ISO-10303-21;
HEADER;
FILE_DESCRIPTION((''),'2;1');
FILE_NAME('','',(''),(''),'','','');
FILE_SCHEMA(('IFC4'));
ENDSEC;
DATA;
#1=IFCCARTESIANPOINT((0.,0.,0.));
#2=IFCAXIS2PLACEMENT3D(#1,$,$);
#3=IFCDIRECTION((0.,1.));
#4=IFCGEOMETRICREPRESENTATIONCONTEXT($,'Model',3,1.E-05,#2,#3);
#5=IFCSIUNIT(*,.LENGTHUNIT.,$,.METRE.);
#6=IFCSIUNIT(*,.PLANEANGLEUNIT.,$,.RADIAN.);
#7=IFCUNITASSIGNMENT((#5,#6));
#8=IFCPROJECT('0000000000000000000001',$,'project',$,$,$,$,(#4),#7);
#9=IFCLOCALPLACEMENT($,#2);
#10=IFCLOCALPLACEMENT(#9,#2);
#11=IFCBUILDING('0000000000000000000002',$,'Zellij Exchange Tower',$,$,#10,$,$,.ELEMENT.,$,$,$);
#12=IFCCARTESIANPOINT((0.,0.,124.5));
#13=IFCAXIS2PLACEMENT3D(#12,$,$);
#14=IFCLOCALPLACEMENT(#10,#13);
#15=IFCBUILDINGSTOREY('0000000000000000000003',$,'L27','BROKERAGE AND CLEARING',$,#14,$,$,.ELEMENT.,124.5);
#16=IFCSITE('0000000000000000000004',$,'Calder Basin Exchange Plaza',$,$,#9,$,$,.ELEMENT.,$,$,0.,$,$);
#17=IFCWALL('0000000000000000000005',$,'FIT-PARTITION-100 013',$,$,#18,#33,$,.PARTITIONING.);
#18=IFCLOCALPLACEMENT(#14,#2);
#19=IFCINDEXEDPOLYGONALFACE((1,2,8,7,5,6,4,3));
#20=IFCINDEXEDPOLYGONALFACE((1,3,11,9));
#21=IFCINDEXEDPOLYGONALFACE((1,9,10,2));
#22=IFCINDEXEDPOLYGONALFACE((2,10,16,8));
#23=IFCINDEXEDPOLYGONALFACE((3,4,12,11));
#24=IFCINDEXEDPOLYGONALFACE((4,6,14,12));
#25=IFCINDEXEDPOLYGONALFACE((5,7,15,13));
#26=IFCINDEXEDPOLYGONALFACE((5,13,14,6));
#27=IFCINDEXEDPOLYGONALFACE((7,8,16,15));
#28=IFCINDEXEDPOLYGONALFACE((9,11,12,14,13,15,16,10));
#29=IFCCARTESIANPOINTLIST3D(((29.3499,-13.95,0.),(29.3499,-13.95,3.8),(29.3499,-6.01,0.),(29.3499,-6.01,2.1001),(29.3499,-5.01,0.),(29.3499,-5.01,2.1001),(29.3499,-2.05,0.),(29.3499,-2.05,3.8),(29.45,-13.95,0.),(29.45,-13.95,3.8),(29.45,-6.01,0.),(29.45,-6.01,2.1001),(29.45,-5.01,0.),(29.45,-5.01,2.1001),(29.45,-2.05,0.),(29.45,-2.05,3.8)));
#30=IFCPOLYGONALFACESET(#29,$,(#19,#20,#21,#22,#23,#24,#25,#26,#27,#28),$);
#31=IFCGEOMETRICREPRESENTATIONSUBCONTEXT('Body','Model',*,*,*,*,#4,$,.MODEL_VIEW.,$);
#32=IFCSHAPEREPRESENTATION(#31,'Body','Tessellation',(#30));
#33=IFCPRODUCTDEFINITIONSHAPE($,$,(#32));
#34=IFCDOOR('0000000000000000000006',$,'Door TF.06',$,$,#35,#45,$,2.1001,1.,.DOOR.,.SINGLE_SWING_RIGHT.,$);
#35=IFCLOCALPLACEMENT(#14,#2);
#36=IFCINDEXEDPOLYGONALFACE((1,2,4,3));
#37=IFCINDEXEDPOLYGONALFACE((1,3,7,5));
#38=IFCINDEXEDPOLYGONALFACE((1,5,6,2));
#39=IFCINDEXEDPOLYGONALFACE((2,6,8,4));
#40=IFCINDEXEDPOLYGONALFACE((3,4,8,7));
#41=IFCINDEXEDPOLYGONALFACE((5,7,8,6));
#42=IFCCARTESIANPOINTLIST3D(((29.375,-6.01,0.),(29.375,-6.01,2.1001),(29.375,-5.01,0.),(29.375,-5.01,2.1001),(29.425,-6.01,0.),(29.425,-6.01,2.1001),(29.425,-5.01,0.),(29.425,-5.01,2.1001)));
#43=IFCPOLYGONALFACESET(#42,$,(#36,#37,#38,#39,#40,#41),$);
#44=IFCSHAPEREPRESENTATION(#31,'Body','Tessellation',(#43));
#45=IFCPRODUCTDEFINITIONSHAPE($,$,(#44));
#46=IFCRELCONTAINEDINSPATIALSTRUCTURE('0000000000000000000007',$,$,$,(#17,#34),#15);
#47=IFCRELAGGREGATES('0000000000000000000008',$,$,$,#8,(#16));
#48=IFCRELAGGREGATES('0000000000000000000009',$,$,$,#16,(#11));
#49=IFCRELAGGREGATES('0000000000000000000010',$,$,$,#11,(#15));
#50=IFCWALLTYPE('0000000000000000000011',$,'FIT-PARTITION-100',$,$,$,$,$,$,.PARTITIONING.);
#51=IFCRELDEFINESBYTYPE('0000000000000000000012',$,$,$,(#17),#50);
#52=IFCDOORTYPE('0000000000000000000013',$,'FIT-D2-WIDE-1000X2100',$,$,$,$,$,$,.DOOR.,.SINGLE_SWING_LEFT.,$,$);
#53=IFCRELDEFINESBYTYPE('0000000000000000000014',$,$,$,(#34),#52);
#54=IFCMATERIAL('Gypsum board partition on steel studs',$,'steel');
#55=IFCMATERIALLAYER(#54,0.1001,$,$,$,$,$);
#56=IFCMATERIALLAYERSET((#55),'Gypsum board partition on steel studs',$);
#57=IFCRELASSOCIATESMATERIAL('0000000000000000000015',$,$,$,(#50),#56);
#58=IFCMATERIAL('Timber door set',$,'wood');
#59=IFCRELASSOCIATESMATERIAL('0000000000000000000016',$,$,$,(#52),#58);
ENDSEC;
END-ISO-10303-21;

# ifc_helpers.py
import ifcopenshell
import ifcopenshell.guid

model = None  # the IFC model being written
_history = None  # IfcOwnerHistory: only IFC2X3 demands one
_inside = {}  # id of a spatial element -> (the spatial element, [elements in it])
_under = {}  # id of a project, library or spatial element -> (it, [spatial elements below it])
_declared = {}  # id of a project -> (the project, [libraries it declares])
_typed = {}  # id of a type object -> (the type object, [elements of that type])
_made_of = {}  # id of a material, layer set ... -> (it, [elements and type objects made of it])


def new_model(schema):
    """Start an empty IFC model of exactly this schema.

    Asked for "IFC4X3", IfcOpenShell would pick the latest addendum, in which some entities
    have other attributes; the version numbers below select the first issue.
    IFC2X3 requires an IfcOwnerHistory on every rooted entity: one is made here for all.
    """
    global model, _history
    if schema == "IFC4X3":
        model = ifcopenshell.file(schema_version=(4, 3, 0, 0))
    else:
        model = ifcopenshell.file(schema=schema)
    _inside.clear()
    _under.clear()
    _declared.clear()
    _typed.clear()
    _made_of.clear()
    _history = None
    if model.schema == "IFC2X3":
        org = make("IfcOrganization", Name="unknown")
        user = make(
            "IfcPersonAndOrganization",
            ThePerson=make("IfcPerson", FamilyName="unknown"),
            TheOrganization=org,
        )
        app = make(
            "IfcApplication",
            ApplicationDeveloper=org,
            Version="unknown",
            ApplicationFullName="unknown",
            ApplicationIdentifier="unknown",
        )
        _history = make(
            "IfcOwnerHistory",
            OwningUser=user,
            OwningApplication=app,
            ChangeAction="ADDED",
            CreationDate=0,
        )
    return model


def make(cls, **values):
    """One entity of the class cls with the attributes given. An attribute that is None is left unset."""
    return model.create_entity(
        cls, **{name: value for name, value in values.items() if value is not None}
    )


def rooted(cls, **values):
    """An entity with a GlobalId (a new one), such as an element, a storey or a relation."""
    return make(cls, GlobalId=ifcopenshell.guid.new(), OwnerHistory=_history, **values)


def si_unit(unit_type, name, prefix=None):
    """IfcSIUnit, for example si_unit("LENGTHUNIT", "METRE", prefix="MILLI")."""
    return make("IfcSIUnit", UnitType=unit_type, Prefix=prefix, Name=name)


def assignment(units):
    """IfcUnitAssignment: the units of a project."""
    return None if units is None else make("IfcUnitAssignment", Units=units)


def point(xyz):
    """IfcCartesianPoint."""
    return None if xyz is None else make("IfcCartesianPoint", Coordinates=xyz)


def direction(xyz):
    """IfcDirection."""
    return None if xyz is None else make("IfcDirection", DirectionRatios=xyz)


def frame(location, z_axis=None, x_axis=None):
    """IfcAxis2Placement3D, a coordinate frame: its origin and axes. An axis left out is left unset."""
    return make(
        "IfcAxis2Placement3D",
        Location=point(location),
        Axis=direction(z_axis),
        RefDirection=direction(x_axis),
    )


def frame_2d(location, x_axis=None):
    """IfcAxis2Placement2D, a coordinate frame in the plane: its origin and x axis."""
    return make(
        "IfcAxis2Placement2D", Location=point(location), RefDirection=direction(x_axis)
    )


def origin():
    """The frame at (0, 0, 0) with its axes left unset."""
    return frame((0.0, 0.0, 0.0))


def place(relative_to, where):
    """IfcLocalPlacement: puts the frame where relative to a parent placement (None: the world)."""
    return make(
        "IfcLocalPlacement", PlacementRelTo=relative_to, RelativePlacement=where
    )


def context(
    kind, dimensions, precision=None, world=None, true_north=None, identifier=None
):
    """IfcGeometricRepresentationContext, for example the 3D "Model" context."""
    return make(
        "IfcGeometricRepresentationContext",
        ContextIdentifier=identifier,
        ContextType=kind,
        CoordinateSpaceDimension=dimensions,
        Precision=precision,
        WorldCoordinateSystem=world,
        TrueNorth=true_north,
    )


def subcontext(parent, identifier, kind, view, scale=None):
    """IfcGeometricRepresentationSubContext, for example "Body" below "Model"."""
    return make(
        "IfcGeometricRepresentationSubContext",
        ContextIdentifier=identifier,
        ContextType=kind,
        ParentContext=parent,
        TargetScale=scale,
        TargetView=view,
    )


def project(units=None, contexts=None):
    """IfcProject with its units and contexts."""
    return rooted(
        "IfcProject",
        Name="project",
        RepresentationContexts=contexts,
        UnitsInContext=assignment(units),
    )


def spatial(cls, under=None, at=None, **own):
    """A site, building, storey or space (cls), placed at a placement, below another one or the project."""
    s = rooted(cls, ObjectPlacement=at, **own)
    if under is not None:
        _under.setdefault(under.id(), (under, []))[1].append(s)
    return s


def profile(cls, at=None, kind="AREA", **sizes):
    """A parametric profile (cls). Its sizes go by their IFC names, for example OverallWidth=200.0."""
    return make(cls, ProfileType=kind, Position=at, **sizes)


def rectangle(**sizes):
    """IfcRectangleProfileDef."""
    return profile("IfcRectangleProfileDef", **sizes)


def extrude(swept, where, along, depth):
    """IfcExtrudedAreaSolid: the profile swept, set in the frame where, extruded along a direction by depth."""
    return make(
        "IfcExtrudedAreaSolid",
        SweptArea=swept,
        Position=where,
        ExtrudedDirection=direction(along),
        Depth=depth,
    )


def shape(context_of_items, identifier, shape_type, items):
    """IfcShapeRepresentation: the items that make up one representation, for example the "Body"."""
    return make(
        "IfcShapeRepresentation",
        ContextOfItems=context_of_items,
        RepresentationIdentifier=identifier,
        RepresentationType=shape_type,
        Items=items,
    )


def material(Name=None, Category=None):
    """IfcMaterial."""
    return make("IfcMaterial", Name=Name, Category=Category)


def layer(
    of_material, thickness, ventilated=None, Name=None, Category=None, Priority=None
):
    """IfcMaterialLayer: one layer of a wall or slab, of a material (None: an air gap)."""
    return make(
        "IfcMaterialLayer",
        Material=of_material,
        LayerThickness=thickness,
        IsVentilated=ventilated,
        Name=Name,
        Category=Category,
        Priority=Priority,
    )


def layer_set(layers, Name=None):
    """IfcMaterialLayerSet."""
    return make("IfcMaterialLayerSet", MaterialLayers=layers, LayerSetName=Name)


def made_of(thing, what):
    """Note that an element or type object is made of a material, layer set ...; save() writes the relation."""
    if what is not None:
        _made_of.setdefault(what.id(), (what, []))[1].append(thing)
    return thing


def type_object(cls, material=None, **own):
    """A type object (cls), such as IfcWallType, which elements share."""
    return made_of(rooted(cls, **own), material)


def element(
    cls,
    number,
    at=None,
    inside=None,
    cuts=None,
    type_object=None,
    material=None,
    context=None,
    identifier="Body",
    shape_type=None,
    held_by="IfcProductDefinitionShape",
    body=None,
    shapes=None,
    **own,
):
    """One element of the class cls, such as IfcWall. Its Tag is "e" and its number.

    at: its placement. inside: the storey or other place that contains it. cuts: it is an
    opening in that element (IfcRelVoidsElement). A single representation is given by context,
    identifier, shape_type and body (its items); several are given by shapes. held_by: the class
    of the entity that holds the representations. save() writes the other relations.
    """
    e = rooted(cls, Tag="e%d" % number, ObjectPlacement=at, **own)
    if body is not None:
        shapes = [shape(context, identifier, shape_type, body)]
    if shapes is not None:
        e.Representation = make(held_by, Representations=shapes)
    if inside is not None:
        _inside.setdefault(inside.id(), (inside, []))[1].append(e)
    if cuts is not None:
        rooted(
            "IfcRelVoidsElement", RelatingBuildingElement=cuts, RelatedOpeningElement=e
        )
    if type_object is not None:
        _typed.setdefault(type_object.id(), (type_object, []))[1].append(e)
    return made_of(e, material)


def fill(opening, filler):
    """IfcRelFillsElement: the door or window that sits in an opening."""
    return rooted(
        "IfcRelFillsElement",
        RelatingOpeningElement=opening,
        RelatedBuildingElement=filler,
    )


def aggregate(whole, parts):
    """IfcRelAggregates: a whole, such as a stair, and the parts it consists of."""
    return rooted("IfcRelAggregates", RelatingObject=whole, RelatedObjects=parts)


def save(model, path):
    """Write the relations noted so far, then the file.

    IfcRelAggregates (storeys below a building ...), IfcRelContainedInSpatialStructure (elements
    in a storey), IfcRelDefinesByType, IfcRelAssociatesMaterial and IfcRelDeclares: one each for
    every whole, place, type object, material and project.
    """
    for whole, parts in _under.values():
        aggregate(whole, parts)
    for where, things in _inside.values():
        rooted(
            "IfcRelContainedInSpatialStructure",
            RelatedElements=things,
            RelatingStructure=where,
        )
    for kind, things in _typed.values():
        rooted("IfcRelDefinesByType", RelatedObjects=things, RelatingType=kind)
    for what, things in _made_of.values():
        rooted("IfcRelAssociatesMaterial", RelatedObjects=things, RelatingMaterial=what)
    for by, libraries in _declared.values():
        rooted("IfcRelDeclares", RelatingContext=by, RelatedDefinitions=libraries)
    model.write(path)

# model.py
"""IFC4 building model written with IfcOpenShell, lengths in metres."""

from ifc_helpers import new_model, si_unit, direction, frame, frame_2d, origin, place, context, subcontext, project, spatial, rectangle, extrude, material, layer, layer_set, type_object, element, fill, save


model = new_model("IFC4")

# Units and contexts
model_context = context("Model", 3, precision=1e-05, world=origin(), true_north=direction((0.0, 1.0)))
body_context = subcontext(model_context, "Body", "Model", "MODEL_VIEW")
ifc_project = project(units=[si_unit("LENGTHUNIT", "METRE"), si_unit("PLANEANGLEUNIT", "RADIAN")], contexts=[model_context])

# Site, building, storey
site_placement = place(None, origin())
site = spatial("IfcSite", under=ifc_project, at=site_placement, Name="Calder Basin Exchange Plaza", CompositionType="ELEMENT", RefElevation=0.0)
building_placement = place(site_placement, origin())
building = spatial("IfcBuilding", under=site, at=building_placement, Name="Zellij Exchange Tower", CompositionType="ELEMENT")
storey_placement = place(building_placement, frame((0.0, 0.0, 124.5)))
storey = spatial("IfcBuildingStorey", under=building, at=storey_placement, Name="L27", Description="BROKERAGE AND CLEARING", CompositionType="ELEMENT", Elevation=124.5)

# Shared definitions
ifc_material_1 = material(Name="Gypsum board partition on steel studs", Category="steel")
ifc_layer_1 = layer(ifc_material_1, 0.1001)
ifc_layer_set_1 = layer_set([ifc_layer_1], Name="Gypsum board partition on steel studs")
wall_type_1 = type_object("IfcWallType", Name="FIT-PARTITION-100", PredefinedType="PARTITIONING", material=ifc_layer_set_1)

# Wall, opening, door
wall_1_placement = place(storey_placement, frame((29.3999, -13.95, 0.0), z_axis=(0.0, 0.0, 1.0), x_axis=(0.0, 1.0, 0.0)))
wall_1 = element("IfcWall", 1, at=wall_1_placement, inside=storey, type_object=wall_type_1, Name="FIT-PARTITION-100 013", PredefinedType="PARTITIONING", context=body_context, shape_type="SweptSolid", body=[
    extrude(rectangle(XDim=11.8999, YDim=0.1001, at=frame_2d((5.95, 0.0))), origin(), (0.0, 0.0, 1.0), 3.8),
])
opening_1_placement = place(wall_1_placement, frame((7.9399, 0.0, 0.0)))
opening_1 = element("IfcOpeningElement", 2, at=opening_1_placement, cuts=wall_1, PredefinedType="OPENING", context=body_context, shape_type="SweptSolid", body=[
    extrude(rectangle(XDim=1.0, YDim=2.1001, at=frame_2d((0.5, 1.05))), frame((0.0, 0.062, 0.0), z_axis=(0.0, -1.0, 0.0), x_axis=(1.0, 0.0, 0.0)), (0.0, 0.0, 1.0), 0.124),
])
ifc_material_2 = material(Name="Timber door set", Category="wood")
door_type = type_object("IfcDoorType", Name="FIT-D2-WIDE-1000X2100", OperationType="SINGLE_SWING_LEFT", PredefinedType="DOOR", material=ifc_material_2)
door_placement = place(opening_1_placement, origin())
door = element("IfcDoor", 3, at=door_placement, inside=storey, type_object=door_type, Name="Door TF.06", OperationType="SINGLE_SWING_RIGHT", OverallHeight=2.1001, OverallWidth=1.0, PredefinedType="DOOR", context=body_context, shape_type="SweptSolid", body=[
    extrude(rectangle(XDim=1.0, YDim=2.1001, at=frame_2d((0.5, 1.05))), frame((0.0, 0.0249, 0.0), z_axis=(0.0, -1.0, 0.0), x_axis=(1.0, 0.0, 0.0)), (0.0, 0.0, 1.0), 0.05),
])
fill(opening_1, door)

save(model, "model.ifc")
